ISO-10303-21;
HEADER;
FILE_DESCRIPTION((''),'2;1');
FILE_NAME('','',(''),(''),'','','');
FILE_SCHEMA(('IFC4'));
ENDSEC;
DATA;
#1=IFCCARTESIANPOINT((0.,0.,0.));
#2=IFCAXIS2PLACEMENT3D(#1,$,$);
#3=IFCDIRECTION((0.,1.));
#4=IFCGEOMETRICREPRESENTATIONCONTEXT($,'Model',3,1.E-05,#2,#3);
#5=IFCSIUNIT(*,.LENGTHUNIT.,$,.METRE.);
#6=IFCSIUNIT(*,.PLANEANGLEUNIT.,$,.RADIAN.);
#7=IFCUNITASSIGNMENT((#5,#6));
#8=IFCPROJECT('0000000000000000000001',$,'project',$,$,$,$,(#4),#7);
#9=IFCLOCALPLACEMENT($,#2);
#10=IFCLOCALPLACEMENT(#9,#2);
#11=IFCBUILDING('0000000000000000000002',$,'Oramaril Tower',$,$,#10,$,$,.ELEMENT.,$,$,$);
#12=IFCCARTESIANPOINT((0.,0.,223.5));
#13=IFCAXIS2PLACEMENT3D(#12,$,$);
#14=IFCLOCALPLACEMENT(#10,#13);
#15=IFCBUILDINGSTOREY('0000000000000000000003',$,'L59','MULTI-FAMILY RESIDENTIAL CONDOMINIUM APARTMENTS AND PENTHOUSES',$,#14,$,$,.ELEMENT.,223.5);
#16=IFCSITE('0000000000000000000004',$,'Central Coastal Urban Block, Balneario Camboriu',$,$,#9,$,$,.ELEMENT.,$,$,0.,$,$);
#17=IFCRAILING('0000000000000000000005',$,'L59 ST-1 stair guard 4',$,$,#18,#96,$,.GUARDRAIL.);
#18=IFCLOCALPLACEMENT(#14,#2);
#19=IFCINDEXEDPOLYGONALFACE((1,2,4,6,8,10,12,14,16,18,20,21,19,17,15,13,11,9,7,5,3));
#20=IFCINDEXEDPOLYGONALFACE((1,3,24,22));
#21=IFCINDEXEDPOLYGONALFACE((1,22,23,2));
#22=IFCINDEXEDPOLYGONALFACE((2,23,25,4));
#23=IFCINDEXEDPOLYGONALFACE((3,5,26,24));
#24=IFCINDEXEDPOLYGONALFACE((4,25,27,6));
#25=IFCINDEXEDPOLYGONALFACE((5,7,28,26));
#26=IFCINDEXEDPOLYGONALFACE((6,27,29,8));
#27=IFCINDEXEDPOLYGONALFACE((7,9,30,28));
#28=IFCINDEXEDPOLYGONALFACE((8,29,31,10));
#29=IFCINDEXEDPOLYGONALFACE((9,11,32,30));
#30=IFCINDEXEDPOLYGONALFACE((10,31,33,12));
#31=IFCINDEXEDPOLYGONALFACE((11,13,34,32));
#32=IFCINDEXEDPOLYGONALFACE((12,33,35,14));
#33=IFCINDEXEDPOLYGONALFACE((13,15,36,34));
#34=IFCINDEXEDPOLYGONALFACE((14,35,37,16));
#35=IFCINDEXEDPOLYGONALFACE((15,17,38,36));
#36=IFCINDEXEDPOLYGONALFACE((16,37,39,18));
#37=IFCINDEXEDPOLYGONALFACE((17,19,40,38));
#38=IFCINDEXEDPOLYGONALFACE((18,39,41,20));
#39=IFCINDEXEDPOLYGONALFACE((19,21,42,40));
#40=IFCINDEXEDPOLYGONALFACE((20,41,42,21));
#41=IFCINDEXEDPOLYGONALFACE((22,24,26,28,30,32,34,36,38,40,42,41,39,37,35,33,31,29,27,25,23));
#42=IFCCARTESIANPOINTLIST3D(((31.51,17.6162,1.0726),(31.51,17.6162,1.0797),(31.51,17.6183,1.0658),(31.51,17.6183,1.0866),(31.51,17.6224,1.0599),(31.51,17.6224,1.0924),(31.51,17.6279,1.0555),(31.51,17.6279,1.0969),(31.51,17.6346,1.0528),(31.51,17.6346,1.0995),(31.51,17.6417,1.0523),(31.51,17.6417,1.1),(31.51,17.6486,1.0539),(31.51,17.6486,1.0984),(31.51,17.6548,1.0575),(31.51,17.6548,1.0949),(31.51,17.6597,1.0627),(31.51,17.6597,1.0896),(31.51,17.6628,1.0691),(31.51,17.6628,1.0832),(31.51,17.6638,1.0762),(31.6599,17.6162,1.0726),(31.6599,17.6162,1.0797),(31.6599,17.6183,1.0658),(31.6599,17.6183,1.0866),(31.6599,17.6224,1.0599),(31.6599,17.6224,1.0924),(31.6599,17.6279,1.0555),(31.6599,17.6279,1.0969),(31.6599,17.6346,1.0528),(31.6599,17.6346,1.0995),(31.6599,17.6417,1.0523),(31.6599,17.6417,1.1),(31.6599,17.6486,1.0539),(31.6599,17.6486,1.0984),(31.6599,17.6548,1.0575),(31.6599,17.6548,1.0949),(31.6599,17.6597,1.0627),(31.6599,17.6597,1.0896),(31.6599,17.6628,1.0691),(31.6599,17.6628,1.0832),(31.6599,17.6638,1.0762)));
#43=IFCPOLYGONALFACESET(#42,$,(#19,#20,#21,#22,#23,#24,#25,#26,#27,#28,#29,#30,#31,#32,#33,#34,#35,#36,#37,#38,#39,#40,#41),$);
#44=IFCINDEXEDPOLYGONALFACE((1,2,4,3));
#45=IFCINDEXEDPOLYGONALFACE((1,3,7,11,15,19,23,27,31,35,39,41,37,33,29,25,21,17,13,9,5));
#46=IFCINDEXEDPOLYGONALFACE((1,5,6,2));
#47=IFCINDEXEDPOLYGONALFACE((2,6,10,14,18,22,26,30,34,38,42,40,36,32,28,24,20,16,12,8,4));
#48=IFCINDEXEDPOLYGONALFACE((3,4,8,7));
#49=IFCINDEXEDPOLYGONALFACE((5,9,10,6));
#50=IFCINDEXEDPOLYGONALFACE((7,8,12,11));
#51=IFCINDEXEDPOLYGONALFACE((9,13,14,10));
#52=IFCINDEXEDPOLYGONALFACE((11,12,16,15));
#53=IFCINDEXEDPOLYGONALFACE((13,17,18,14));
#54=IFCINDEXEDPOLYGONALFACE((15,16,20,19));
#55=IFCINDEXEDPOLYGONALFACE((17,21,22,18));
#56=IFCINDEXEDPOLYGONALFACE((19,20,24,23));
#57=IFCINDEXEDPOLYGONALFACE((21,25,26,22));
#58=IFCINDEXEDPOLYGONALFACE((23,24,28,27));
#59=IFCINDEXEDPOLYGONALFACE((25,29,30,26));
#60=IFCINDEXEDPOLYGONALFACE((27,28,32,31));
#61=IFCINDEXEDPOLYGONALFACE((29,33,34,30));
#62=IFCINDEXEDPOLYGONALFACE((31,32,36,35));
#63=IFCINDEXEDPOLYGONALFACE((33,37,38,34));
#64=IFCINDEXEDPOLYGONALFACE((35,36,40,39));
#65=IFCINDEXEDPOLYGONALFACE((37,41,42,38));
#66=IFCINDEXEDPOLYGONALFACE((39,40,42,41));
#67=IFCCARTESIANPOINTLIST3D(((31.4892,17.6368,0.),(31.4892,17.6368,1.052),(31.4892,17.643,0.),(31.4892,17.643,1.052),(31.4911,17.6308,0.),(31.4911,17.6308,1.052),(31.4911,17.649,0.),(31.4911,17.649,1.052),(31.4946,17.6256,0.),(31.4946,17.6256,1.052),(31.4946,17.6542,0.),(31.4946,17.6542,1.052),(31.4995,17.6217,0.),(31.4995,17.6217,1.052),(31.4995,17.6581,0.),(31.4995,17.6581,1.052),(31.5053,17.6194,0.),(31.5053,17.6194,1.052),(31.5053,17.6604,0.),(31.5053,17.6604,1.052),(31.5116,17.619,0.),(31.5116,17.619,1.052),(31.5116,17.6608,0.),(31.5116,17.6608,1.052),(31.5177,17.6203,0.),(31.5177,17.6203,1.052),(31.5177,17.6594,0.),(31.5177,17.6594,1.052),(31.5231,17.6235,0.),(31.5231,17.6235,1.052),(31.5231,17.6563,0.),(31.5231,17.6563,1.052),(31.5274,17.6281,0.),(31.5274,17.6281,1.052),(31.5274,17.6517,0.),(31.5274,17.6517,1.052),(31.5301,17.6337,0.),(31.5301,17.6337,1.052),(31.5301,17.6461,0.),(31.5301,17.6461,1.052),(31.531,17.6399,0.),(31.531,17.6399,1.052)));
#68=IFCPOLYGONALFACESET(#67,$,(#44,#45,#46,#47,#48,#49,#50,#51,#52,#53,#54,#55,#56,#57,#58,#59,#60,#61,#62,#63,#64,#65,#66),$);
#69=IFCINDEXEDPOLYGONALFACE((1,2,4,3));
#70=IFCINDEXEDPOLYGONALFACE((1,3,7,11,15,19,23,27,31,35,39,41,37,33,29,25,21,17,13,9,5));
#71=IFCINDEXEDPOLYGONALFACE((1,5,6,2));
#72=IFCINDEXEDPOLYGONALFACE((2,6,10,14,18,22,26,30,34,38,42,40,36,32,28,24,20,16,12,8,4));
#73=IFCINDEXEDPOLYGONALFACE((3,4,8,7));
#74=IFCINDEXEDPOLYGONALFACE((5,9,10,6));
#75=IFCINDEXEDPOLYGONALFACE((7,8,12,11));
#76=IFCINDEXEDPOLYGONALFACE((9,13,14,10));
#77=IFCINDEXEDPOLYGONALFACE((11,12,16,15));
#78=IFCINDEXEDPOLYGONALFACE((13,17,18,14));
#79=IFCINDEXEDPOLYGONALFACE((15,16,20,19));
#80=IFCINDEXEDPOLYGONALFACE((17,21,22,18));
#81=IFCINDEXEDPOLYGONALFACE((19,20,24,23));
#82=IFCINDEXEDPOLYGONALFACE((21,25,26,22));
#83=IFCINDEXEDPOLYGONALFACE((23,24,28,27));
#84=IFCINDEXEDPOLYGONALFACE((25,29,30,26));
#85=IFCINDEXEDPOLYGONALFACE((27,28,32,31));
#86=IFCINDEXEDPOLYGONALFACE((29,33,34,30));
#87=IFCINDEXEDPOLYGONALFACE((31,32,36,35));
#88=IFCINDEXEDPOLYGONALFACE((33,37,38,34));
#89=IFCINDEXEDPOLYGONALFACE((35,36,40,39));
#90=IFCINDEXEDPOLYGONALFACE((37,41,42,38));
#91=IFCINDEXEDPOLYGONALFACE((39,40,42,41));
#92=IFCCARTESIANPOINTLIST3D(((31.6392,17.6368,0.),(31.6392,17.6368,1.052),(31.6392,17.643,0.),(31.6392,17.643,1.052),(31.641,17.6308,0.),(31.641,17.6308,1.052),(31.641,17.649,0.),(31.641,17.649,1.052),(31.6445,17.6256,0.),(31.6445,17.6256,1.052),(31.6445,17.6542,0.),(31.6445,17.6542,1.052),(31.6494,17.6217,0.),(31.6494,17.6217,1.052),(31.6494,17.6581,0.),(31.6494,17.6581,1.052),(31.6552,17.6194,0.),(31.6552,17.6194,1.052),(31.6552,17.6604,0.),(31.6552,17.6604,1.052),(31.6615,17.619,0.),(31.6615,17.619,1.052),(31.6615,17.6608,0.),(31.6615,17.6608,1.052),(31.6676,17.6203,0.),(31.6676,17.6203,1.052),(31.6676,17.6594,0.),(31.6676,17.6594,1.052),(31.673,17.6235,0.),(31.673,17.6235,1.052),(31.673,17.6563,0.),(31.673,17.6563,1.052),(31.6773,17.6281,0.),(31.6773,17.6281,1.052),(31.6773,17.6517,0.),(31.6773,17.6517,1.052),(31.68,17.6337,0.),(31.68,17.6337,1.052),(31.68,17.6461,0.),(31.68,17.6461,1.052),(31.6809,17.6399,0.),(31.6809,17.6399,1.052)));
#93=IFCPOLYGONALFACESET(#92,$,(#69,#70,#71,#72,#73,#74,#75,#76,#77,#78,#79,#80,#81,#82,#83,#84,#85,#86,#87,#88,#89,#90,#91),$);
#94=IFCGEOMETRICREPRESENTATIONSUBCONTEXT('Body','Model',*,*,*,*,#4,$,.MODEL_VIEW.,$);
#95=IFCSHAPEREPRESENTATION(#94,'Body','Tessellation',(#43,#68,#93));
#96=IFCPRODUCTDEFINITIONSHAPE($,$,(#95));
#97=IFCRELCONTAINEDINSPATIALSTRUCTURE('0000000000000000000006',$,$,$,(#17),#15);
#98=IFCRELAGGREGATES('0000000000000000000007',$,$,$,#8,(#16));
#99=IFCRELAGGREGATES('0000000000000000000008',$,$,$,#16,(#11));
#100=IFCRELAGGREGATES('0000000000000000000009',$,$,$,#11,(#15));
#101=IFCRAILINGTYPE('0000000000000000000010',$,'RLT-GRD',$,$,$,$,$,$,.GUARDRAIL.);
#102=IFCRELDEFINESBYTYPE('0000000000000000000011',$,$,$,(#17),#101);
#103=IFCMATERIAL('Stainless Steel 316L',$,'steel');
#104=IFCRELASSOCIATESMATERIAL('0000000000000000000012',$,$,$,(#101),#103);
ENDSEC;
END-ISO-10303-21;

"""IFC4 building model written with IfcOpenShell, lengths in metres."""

from ifc_helpers import new_model, si_unit, direction, frame, origin, origin_2d, place, context, subcontext, project, spatial, circle, extrude, material, type_object, element, save


model = new_model("IFC4")

# Units and contexts
model_context = context("Model", 3, precision=1e-05, world=origin(), true_north=direction((0.0, 1.0)))
body_context = subcontext(model_context, "Body", "Model", "MODEL_VIEW")
ifc_project = project(units=[si_unit("LENGTHUNIT", "METRE"), si_unit("PLANEANGLEUNIT", "RADIAN")], contexts=[model_context])

# Site, building, storey
site_placement = place(None, origin())
site = spatial("IfcSite", under=ifc_project, at=site_placement, Name="Central Coastal Urban Block, Balneario Camboriu", CompositionType="ELEMENT", RefElevation=0.0)
building_placement = place(site_placement, origin())
building = spatial("IfcBuilding", under=site, at=building_placement, Name="Oramaril Tower", CompositionType="ELEMENT")
storey_placement = place(building_placement, frame((0.0, 0.0, 223.5)))
storey = spatial("IfcBuildingStorey", under=building, at=storey_placement, Name="L59", Description="MULTI-FAMILY RESIDENTIAL CONDOMINIUM APARTMENTS AND PENTHOUSES", CompositionType="ELEMENT", Elevation=223.5)

# Railing
ifc_material_1 = material(Name="Stainless Steel 316L", Category="steel")
railing_type_1 = type_object("IfcRailingType", Name="RLT-GRD", PredefinedType="GUARDRAIL", material=ifc_material_1)
railing_1_placement = place(storey_placement, frame((31.51, 17.6399, 0.0)))
element("IfcRailing", 1, at=railing_1_placement, inside=storey, type_object=railing_type_1, Name="L59 ST-1 stair guard 4", PredefinedType="GUARDRAIL", context=body_context, shape_type="SweptSolid", body=[
    extrude(circle(Radius=0.0239, at=origin_2d()), frame((0.0, 0.0, 1.0762), z_axis=(1.0, 0.0, 0.0), x_axis=(0.0, 1.0, 0.0)), (0.0, 0.0, 1.0), 0.1499),
    extrude(circle(Radius=0.021, at=origin_2d()), origin(), (0.0, 0.0, 1.0), 1.052),
    extrude(circle(Radius=0.021, at=origin_2d()), frame((0.1499, 0.0, 0.0)), (0.0, 0.0, 1.0), 1.052),
])

save(model, "model.ifc")
